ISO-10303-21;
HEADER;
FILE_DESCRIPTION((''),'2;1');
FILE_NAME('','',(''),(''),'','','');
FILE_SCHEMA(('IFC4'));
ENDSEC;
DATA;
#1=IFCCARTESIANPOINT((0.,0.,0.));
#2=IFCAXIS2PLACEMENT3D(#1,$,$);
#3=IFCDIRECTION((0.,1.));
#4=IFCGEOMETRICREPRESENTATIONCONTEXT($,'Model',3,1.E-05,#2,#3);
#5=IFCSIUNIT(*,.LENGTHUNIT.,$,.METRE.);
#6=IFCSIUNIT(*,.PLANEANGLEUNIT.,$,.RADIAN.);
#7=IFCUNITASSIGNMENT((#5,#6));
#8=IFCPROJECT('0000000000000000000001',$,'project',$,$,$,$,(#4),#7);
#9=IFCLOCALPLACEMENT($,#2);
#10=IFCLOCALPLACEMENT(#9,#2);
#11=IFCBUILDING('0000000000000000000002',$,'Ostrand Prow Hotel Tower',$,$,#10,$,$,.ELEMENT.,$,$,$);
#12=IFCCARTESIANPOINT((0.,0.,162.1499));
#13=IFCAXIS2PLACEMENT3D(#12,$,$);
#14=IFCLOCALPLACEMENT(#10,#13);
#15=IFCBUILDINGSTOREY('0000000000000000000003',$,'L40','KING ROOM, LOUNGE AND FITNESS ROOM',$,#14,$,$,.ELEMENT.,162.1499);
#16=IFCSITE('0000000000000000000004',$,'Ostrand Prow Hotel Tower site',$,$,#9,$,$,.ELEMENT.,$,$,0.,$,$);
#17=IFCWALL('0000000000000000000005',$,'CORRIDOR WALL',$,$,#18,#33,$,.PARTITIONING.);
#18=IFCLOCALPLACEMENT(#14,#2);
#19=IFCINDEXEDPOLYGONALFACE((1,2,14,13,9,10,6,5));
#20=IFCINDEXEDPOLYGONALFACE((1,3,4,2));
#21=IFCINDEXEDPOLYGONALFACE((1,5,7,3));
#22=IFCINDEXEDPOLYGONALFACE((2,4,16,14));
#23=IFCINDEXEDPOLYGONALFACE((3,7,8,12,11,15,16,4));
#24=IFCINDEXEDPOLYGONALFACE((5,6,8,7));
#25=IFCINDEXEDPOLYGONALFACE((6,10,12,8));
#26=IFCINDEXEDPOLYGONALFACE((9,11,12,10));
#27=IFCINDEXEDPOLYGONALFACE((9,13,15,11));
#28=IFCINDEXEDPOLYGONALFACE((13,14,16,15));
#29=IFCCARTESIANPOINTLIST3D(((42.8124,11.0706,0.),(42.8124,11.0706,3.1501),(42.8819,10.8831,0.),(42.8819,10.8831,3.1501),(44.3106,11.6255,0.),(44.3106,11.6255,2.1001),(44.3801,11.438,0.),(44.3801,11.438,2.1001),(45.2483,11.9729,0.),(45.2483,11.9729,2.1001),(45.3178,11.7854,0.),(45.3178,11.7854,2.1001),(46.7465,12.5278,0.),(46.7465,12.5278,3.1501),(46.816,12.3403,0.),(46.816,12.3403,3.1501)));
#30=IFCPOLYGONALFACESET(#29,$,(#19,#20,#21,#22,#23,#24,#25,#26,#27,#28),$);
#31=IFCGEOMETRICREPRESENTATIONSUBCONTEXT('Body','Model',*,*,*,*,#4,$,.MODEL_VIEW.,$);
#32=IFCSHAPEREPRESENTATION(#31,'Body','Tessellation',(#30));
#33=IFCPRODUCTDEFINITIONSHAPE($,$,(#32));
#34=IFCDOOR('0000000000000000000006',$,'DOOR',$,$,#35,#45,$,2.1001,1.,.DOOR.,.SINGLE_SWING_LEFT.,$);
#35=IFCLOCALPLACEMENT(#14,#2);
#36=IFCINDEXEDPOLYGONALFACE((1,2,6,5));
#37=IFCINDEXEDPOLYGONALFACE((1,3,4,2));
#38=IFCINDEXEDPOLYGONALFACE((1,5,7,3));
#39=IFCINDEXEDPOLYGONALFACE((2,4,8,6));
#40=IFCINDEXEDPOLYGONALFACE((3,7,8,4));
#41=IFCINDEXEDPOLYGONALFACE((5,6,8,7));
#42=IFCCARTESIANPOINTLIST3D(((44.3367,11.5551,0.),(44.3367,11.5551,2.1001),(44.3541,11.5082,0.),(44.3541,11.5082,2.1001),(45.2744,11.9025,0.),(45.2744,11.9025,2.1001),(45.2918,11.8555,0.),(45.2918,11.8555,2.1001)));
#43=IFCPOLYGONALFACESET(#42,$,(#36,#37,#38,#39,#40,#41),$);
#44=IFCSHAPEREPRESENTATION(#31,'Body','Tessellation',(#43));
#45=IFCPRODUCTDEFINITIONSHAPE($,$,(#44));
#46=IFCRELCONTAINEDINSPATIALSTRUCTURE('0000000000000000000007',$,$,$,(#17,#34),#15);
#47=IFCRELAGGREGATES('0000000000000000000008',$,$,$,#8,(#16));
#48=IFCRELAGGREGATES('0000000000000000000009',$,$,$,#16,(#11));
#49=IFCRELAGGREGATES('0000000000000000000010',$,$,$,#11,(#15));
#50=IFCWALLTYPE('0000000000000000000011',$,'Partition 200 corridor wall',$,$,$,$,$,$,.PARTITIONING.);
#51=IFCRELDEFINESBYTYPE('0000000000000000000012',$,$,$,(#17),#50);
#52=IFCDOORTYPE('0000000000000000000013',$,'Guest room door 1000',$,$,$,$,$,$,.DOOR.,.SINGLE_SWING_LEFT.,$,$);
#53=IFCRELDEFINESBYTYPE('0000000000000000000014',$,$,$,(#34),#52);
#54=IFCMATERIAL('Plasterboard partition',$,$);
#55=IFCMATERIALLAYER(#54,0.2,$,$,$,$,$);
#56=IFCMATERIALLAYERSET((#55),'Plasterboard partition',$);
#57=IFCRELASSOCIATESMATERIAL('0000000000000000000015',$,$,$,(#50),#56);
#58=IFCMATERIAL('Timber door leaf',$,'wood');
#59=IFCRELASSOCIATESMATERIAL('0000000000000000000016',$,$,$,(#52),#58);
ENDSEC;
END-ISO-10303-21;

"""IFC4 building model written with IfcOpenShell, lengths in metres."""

from ifc_helpers import new_model, si_unit, direction, frame, frame_2d, origin, place, context, subcontext, project, spatial, rectangle, extrude, material, layer, layer_set, type_object, element, fill, save


model = new_model("IFC4")

# Units and contexts
model_context = context("Model", 3, precision=1e-05, world=origin(), true_north=direction((0.0, 1.0)))
body_context = subcontext(model_context, "Body", "Model", "MODEL_VIEW")
ifc_project = project(units=[si_unit("LENGTHUNIT", "METRE"), si_unit("PLANEANGLEUNIT", "RADIAN")], contexts=[model_context])

# Site, building, storey
site_placement = place(None, origin())
site = spatial("IfcSite", under=ifc_project, at=site_placement, Name="Ostrand Prow Hotel Tower site", CompositionType="ELEMENT", RefElevation=0.0)
building_placement = place(site_placement, origin())
building = spatial("IfcBuilding", under=site, at=building_placement, Name="Ostrand Prow Hotel Tower", CompositionType="ELEMENT")
storey_placement = place(building_placement, frame((0.0, 0.0, 162.1499)))
storey = spatial("IfcBuildingStorey", under=building, at=storey_placement, Name="L40", Description="KING ROOM, LOUNGE AND FITNESS ROOM", CompositionType="ELEMENT", Elevation=162.1499)

# Wall, opening, door
ifc_material_1 = material(Name="Plasterboard partition")
ifc_layer_1 = layer(ifc_material_1, 0.2)
ifc_layer_set_1 = layer_set([ifc_layer_1], Name="Plasterboard partition")
wall_type_1 = type_object("IfcWallType", Name="Partition 200 corridor wall", PredefinedType="PARTITIONING", material=ifc_layer_set_1)
wall_1_placement = place(storey_placement, frame((42.8472, 10.9768, 0.0), z_axis=(0.0, 0.0, 1.0), x_axis=(0.937733, 0.347358, 0.0)))
wall_1 = element("IfcWall", 1, at=wall_1_placement, inside=storey, type_object=wall_type_1, Name="CORRIDOR WALL", PredefinedType="PARTITIONING", context=body_context, shape_type="SweptSolid", body=[
    extrude(rectangle(XDim=4.1953, YDim=0.2, at=frame_2d((2.0977, 0.0))), origin(), (0.0, 0.0, 1.0), 3.1501),
])
opening_1_placement = place(wall_1_placement, frame((1.5977, 0.0, 0.0)))
opening_1 = element("IfcOpeningElement", 2, at=opening_1_placement, cuts=wall_1, PredefinedType="OPENING", context=body_context, shape_type="SweptSolid", body=[
    extrude(rectangle(XDim=1.0, YDim=2.1001, at=frame_2d((0.5, 1.05))), frame((0.0, 0.1099, 0.0), z_axis=(0.0, -1.0, 0.0), x_axis=(1.0, 0.0, 0.0)), (0.0, 0.0, 1.0), 0.22),
])
ifc_material_2 = material(Name="Timber door leaf", Category="wood")
door_type_1 = type_object("IfcDoorType", Name="Guest room door 1000", OperationType="SINGLE_SWING_LEFT", PredefinedType="DOOR", material=ifc_material_2)
door_1_placement = place(opening_1_placement, origin())
door_1 = element("IfcDoor", 3, at=door_1_placement, inside=storey, type_object=door_type_1, Name="DOOR", OperationType="SINGLE_SWING_LEFT", OverallHeight=2.1001, OverallWidth=1.0, PredefinedType="DOOR", context=body_context, shape_type="SweptSolid", body=[
    extrude(rectangle(XDim=1.0, YDim=2.1001, at=frame_2d((0.5, 1.05))), frame((0.0, 0.0249, 0.0), z_axis=(0.0, -1.0, 0.0), x_axis=(1.0, 0.0, 0.0)), (0.0, 0.0, 1.0), 0.05),
])
fill(opening_1, door_1)

save(model, "model.ifc")
